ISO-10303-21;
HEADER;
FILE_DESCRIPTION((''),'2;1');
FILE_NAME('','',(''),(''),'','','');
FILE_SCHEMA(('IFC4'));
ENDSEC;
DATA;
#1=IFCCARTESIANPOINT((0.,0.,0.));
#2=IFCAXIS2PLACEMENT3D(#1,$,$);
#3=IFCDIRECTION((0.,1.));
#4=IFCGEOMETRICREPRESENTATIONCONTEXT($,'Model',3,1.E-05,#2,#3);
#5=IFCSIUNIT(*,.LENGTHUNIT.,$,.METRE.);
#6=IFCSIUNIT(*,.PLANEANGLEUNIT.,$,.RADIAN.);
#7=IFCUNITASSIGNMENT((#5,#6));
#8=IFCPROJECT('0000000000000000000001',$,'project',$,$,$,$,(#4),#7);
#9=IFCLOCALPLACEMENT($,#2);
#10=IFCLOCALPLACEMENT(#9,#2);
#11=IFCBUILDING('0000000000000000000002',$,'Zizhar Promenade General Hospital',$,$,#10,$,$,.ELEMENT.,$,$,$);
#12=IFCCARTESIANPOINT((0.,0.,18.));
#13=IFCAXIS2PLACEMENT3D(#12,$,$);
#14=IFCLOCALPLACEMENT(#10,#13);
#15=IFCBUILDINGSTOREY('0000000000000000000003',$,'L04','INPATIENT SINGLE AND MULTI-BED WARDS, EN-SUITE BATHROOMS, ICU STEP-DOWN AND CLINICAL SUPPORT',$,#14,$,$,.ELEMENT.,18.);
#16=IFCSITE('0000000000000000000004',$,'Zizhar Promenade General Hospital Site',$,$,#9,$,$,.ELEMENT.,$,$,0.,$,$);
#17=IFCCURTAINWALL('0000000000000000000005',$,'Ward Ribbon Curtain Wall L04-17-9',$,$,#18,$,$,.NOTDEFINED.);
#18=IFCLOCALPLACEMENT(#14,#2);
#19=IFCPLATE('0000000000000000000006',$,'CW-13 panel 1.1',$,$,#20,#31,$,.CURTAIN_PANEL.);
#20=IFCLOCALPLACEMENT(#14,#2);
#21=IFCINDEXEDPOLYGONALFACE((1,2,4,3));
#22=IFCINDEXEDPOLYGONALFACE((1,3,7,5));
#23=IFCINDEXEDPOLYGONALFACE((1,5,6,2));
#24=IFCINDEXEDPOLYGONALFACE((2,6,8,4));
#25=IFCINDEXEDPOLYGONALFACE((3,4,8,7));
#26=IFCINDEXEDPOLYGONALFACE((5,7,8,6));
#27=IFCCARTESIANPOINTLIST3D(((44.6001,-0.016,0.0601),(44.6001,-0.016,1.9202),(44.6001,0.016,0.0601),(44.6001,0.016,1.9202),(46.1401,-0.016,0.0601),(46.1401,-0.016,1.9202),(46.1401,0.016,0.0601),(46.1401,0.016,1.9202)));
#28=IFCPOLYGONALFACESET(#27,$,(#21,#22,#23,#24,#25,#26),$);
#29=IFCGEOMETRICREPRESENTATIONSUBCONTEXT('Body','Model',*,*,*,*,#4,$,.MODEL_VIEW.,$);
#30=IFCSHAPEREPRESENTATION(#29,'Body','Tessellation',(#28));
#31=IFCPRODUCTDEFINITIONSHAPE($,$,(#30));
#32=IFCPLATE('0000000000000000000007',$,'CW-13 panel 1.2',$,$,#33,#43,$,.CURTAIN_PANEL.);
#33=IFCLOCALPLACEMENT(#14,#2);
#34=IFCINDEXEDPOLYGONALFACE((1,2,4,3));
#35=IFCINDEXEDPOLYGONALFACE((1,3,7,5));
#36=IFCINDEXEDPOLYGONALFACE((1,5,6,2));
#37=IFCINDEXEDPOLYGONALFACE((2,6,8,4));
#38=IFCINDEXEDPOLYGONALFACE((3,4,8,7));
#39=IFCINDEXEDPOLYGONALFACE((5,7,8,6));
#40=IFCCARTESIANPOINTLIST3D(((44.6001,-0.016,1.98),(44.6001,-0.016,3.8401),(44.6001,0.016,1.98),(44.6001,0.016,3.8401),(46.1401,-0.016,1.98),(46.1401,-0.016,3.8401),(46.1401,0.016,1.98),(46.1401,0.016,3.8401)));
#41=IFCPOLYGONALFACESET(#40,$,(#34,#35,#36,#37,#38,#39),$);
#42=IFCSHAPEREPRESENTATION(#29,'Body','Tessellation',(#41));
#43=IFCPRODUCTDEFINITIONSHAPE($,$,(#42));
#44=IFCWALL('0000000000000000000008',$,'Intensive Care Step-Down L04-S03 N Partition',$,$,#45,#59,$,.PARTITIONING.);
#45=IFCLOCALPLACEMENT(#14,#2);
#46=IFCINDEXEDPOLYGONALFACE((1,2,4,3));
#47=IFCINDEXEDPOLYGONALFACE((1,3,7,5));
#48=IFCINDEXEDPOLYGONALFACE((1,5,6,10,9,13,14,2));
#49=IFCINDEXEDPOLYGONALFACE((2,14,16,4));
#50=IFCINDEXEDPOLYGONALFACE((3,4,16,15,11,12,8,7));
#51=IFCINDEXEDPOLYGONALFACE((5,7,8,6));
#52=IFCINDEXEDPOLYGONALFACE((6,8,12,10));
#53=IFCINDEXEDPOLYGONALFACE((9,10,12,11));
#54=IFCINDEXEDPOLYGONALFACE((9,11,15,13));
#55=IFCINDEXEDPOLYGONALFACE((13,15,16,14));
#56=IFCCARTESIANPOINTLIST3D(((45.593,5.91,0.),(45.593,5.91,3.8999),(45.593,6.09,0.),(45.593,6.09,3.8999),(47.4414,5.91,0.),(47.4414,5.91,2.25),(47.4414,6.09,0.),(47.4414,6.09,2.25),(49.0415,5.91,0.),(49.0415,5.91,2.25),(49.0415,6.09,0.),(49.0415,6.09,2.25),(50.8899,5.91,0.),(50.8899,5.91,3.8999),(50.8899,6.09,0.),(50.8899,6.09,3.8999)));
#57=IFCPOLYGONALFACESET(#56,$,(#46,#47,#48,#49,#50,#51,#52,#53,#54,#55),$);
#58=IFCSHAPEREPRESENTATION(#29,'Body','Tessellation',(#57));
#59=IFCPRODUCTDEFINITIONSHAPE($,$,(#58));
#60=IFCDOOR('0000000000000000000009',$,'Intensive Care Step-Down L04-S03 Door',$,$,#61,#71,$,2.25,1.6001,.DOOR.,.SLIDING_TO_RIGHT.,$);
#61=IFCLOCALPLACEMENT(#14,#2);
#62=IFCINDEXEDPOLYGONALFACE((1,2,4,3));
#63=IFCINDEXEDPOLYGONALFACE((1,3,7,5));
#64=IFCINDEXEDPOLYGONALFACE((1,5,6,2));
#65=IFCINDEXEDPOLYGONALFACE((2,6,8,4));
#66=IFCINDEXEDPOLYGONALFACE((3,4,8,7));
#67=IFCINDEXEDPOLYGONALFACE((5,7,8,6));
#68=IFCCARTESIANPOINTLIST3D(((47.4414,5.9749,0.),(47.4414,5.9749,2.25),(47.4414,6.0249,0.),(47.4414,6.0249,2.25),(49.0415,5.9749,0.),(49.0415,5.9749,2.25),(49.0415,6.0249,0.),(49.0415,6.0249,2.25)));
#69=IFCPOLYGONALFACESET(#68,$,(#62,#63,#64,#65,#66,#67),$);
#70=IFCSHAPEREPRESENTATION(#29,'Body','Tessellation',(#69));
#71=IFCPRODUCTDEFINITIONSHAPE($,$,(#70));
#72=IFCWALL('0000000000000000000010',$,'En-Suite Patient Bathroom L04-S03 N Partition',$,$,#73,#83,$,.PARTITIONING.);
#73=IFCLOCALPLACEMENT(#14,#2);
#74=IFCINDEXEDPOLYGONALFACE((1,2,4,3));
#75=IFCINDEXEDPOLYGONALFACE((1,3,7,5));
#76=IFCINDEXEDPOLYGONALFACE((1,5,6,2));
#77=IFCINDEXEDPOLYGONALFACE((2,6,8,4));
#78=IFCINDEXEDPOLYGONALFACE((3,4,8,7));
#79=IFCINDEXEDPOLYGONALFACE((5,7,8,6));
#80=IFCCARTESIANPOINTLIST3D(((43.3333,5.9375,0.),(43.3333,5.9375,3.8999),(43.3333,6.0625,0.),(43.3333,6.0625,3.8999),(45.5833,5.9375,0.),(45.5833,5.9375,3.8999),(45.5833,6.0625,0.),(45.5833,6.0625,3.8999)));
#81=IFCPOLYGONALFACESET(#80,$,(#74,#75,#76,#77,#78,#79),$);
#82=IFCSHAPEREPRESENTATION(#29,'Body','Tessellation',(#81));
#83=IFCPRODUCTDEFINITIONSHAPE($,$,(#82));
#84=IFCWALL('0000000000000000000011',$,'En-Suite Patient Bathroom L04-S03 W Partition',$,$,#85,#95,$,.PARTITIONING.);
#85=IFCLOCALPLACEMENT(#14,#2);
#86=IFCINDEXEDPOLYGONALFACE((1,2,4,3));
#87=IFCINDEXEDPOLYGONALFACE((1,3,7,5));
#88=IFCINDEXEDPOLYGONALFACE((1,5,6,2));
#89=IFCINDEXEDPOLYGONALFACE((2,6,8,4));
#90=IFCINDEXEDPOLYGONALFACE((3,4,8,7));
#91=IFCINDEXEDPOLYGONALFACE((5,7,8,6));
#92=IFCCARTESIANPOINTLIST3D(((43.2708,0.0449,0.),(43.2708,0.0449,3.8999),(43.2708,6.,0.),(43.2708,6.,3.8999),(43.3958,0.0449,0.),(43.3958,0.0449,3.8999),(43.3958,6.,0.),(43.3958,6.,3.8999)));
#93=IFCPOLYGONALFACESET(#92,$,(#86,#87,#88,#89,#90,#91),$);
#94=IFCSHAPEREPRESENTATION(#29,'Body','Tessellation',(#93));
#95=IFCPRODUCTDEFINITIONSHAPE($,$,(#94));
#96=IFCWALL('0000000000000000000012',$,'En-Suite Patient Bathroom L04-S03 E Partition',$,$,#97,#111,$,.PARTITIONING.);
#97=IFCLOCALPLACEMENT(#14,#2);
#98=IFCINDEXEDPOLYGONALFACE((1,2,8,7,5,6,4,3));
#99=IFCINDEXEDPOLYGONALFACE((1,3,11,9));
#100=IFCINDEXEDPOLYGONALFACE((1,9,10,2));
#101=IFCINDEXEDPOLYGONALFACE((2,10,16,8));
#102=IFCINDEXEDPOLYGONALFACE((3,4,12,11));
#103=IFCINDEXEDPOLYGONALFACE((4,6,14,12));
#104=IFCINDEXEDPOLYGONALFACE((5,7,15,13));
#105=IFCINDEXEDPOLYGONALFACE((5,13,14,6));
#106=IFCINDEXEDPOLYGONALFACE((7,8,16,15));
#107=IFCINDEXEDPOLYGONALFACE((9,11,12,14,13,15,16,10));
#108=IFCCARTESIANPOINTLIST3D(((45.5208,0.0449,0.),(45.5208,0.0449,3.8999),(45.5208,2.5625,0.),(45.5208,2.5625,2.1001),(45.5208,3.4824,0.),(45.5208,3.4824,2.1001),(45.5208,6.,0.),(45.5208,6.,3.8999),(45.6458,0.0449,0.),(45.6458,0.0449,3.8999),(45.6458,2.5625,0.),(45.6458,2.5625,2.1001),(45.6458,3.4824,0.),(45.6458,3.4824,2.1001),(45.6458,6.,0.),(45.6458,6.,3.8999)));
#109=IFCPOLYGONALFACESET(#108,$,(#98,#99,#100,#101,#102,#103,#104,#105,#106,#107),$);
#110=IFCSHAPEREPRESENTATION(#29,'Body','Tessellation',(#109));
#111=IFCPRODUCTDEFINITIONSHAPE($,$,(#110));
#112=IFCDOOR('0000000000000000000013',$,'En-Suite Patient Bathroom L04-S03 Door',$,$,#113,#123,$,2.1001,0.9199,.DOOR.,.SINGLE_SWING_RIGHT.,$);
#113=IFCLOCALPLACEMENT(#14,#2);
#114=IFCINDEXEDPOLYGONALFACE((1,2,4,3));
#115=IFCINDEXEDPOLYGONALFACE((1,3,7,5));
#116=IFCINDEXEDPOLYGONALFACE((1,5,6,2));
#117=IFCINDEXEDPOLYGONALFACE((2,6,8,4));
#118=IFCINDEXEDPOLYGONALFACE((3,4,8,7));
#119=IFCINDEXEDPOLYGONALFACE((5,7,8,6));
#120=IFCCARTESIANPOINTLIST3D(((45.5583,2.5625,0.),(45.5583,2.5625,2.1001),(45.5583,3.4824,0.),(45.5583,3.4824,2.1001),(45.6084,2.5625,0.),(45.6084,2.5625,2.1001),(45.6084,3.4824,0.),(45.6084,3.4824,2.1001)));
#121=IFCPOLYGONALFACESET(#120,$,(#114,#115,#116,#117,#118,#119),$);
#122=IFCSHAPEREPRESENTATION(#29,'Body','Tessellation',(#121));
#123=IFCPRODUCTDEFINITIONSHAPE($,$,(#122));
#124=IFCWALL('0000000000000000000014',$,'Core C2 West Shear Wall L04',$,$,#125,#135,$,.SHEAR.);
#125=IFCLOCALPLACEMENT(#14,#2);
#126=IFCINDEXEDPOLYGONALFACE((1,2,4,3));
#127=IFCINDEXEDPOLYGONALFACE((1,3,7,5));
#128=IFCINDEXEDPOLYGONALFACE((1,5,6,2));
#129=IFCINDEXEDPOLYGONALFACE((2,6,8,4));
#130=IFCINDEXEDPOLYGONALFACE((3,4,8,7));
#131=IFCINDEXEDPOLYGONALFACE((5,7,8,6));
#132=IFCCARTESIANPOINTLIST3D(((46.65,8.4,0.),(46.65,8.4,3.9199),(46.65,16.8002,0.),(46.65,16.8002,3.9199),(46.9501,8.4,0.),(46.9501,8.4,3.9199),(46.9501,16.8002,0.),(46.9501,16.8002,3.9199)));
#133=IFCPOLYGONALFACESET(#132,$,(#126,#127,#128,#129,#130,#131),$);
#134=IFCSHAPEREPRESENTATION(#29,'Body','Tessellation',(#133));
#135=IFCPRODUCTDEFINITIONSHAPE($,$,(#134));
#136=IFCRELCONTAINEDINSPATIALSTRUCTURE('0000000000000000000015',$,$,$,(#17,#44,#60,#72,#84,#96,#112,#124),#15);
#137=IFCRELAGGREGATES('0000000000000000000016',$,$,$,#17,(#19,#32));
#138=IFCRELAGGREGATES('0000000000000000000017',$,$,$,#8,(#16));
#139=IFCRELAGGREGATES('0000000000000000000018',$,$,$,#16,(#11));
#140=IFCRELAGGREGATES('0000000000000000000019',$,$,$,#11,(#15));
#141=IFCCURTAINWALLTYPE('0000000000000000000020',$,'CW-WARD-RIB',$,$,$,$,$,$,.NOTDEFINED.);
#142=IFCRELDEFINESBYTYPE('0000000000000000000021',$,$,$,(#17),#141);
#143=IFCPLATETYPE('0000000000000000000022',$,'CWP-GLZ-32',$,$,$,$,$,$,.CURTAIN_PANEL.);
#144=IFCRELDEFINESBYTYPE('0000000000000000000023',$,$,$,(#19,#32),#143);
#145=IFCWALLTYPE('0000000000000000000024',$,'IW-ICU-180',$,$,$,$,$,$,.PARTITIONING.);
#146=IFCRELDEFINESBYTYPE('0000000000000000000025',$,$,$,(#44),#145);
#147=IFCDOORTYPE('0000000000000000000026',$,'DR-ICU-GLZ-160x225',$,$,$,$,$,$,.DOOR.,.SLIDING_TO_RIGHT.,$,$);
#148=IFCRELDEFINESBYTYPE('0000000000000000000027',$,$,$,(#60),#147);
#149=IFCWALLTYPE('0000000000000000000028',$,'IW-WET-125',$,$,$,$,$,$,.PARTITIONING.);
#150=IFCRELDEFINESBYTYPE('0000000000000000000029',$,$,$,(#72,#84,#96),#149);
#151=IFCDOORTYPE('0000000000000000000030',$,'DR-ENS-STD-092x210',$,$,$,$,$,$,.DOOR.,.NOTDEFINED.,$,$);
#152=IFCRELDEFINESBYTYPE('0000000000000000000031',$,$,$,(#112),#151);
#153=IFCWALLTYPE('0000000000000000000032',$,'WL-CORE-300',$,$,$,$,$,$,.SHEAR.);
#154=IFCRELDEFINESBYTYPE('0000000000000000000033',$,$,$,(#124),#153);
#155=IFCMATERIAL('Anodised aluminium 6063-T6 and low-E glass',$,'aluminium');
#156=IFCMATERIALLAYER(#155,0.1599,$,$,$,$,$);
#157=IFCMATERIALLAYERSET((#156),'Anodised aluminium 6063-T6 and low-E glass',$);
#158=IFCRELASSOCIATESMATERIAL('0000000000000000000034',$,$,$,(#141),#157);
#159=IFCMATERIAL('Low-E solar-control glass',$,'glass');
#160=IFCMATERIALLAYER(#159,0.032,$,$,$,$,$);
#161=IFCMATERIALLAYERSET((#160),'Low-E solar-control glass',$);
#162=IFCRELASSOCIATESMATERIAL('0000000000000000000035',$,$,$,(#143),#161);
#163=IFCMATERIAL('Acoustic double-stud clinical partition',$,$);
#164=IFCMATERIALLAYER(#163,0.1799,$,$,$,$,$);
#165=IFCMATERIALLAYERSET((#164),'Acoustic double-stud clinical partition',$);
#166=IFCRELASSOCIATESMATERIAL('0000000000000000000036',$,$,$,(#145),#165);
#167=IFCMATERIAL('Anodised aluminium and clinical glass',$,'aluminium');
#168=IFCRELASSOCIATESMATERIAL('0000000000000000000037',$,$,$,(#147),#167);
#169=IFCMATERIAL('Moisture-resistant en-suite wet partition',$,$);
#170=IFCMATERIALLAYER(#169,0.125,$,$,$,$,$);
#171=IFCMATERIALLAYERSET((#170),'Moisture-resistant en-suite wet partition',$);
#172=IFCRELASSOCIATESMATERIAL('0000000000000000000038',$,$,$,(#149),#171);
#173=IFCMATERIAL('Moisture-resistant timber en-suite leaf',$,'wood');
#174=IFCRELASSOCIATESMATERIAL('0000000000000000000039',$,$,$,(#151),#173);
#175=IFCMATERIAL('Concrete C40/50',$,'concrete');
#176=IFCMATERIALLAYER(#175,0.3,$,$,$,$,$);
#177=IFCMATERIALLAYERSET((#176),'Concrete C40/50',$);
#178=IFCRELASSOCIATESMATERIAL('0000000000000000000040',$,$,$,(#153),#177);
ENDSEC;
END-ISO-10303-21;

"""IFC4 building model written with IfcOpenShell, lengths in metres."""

from ifc_helpers import new_model, si_unit, direction, frame, frame_2d, origin, origin_2d, place, context, subcontext, project, spatial, rectangle, extrude, material, layer, layer_set, type_object, element, fill, aggregate, save


model = new_model("IFC4")

# Units and contexts
model_context = context("Model", 3, precision=1e-05, world=origin(), true_north=direction((0.0, 1.0)))
body_context = subcontext(model_context, "Body", "Model", "MODEL_VIEW")
ifc_project = project(units=[si_unit("LENGTHUNIT", "METRE"), si_unit("PLANEANGLEUNIT", "RADIAN")], contexts=[model_context])

# Site, building, storey
site_placement = place(None, origin())
site = spatial("IfcSite", under=ifc_project, at=site_placement, Name="Zizhar Promenade General Hospital Site", CompositionType="ELEMENT", RefElevation=0.0)
building_placement = place(site_placement, origin())
building = spatial("IfcBuilding", under=site, at=building_placement, Name="Zizhar Promenade General Hospital", CompositionType="ELEMENT")
storey_placement = place(building_placement, frame((0.0, 0.0, 18.0)))
storey = spatial("IfcBuildingStorey", under=building, at=storey_placement, Name="L04", Description="INPATIENT SINGLE AND MULTI-BED WARDS, EN-SUITE BATHROOMS, ICU STEP-DOWN AND CLINICAL SUPPORT", CompositionType="ELEMENT", Elevation=18.0)

# Curtain wall, plates
ifc_material_1 = material(Name="Anodised aluminium 6063-T6 and low-E glass", Category="aluminium")
ifc_layer_1 = layer(ifc_material_1, 0.1599)
ifc_layer_set_1 = layer_set([ifc_layer_1], Name="Anodised aluminium 6063-T6 and low-E glass")
curtain_wall_type = type_object("IfcCurtainWallType", Name="CW-WARD-RIB", PredefinedType="NOTDEFINED", material=ifc_layer_set_1)
curtain_wall_placement = place(storey_placement, origin())
curtain_wall = element("IfcCurtainWall", 1, at=curtain_wall_placement, inside=storey, type_object=curtain_wall_type, Name="Ward Ribbon Curtain Wall L04-17-9", PredefinedType="NOTDEFINED")
ifc_material_2 = material(Name="Low-E solar-control glass", Category="glass")
ifc_layer_2 = layer(ifc_material_2, 0.032)
ifc_layer_set_2 = layer_set([ifc_layer_2], Name="Low-E solar-control glass")
plate_type = type_object("IfcPlateType", Name="CWP-GLZ-32", PredefinedType="CURTAIN_PANEL", material=ifc_layer_set_2)
plate_1_placement = place(storey_placement, frame((45.3701, 0.0, 0.0601), z_axis=(0.0, 0.0, 1.0), x_axis=(-1.0, 0.0, 0.0)))
plate_1 = element("IfcPlate", 2, at=plate_1_placement, type_object=plate_type, Name="CW-13 panel 1.1", PredefinedType="CURTAIN_PANEL", context=body_context, shape_type="SweptSolid", body=[
    extrude(rectangle(XDim=1.54, YDim=0.032, at=origin_2d()), origin(), (0.0, 0.0, 1.0), 1.8601),
])
plate_2_placement = place(storey_placement, frame((45.3701, 0.0, 1.98), z_axis=(0.0, 0.0, 1.0), x_axis=(-1.0, 0.0, 0.0)))
plate_2 = element("IfcPlate", 3, at=plate_2_placement, type_object=plate_type, Name="CW-13 panel 1.2", PredefinedType="CURTAIN_PANEL", context=body_context, shape_type="SweptSolid", body=[
    extrude(rectangle(XDim=1.54, YDim=0.032, at=origin_2d()), origin(), (0.0, 0.0, 1.0), 1.8601),
])
aggregate(curtain_wall, [plate_1, plate_2])

# Wall, opening, door
ifc_material_3 = material(Name="Acoustic double-stud clinical partition")
ifc_layer_3 = layer(ifc_material_3, 0.1799)
ifc_layer_set_3 = layer_set([ifc_layer_3], Name="Acoustic double-stud clinical partition")
wall_type_1 = type_object("IfcWallType", Name="IW-ICU-180", PredefinedType="PARTITIONING", material=ifc_layer_set_3)
wall_1_placement = place(storey_placement, frame((45.593, 6.0, 0.0), z_axis=(0.0, 0.0, 1.0), x_axis=(1.0, 0.0, 0.0)))
wall_1 = element("IfcWall", 4, at=wall_1_placement, inside=storey, type_object=wall_type_1, Name="Intensive Care Step-Down L04-S03 N Partition", PredefinedType="PARTITIONING", context=body_context, shape_type="SweptSolid", body=[
    extrude(rectangle(XDim=5.2969, YDim=0.1799, at=frame_2d((2.6484, 0.0))), origin(), (0.0, 0.0, 1.0), 3.8999),
])
opening_1_placement = place(wall_1_placement, frame((1.8484, 0.0, 0.0)))
opening_1 = element("IfcOpeningElement", 5, at=opening_1_placement, cuts=wall_1, PredefinedType="OPENING", context=body_context, shape_type="SweptSolid", body=[
    extrude(rectangle(XDim=1.6001, YDim=2.25, at=frame_2d((0.8, 1.125))), frame((0.0, 0.1001, 0.0), z_axis=(0.0, -1.0, 0.0), x_axis=(1.0, 0.0, 0.0)), (0.0, 0.0, 1.0), 0.2),
])
ifc_material_4 = material(Name="Anodised aluminium and clinical glass", Category="aluminium")
door_type_1 = type_object("IfcDoorType", Name="DR-ICU-GLZ-160x225", OperationType="SLIDING_TO_RIGHT", PredefinedType="DOOR", material=ifc_material_4)
door_1_placement = place(opening_1_placement, origin())
door_1 = element("IfcDoor", 6, at=door_1_placement, inside=storey, type_object=door_type_1, Name="Intensive Care Step-Down L04-S03 Door", OperationType="SLIDING_TO_RIGHT", OverallHeight=2.25, OverallWidth=1.6001, PredefinedType="DOOR", context=body_context, shape_type="SweptSolid", body=[
    extrude(rectangle(XDim=1.6001, YDim=2.25, at=frame_2d((0.8, 1.125))), frame((0.0, 0.0249, 0.0), z_axis=(0.0, -1.0, 0.0), x_axis=(1.0, 0.0, 0.0)), (0.0, 0.0, 1.0), 0.05),
])
fill(opening_1, door_1)

# Walls
ifc_material_5 = material(Name="Moisture-resistant en-suite wet partition")
ifc_layer_4 = layer(ifc_material_5, 0.125)
ifc_layer_set_4 = layer_set([ifc_layer_4], Name="Moisture-resistant en-suite wet partition")
wall_type_2 = type_object("IfcWallType", Name="IW-WET-125", PredefinedType="PARTITIONING", material=ifc_layer_set_4)
wall_2_placement = place(storey_placement, frame((43.3333, 6.0, 0.0), z_axis=(0.0, 0.0, 1.0), x_axis=(1.0, 0.0, 0.0)))
element("IfcWall", 7, at=wall_2_placement, inside=storey, type_object=wall_type_2, Name="En-Suite Patient Bathroom L04-S03 N Partition", PredefinedType="PARTITIONING", context=body_context, shape_type="SweptSolid", body=[
    extrude(rectangle(XDim=2.25, YDim=0.125, at=frame_2d((1.125, 0.0))), origin(), (0.0, 0.0, 1.0), 3.8999),
])
wall_3_placement = place(storey_placement, frame((43.3333, 0.0449, 0.0), z_axis=(0.0, 0.0, 1.0), x_axis=(0.0, 1.0, 0.0)))
element("IfcWall", 8, at=wall_3_placement, inside=storey, type_object=wall_type_2, Name="En-Suite Patient Bathroom L04-S03 W Partition", PredefinedType="PARTITIONING", context=body_context, shape_type="SweptSolid", body=[
    extrude(rectangle(XDim=5.9551, YDim=0.125, at=frame_2d((2.9775, 0.0))), origin(), (0.0, 0.0, 1.0), 3.8999),
])

# Wall, opening, door
wall_4_placement = place(storey_placement, frame((45.5833, 0.0449, 0.0), z_axis=(0.0, 0.0, 1.0), x_axis=(0.0, 1.0, 0.0)))
wall_4 = element("IfcWall", 9, at=wall_4_placement, inside=storey, type_object=wall_type_2, Name="En-Suite Patient Bathroom L04-S03 E Partition", PredefinedType="PARTITIONING", context=body_context, shape_type="SweptSolid", body=[
    extrude(rectangle(XDim=5.9551, YDim=0.125, at=frame_2d((2.9775, 0.0))), origin(), (0.0, 0.0, 1.0), 3.8999),
])
opening_2_placement = place(wall_4_placement, frame((2.5176, 0.0, 0.0)))
opening_2 = element("IfcOpeningElement", 10, at=opening_2_placement, cuts=wall_4, PredefinedType="OPENING", context=body_context, shape_type="SweptSolid", body=[
    extrude(rectangle(XDim=0.9199, YDim=2.1001, at=frame_2d((0.46, 1.05))), frame((0.0, 0.0725, 0.0), z_axis=(0.0, -1.0, 0.0), x_axis=(1.0, 0.0, 0.0)), (0.0, 0.0, 1.0), 0.145),
])
ifc_material_6 = material(Name="Moisture-resistant timber en-suite leaf", Category="wood")
door_type_2 = type_object("IfcDoorType", Name="DR-ENS-STD-092x210", OperationType="NOTDEFINED", PredefinedType="DOOR", material=ifc_material_6)
door_2_placement = place(opening_2_placement, origin())
door_2 = element("IfcDoor", 11, at=door_2_placement, inside=storey, type_object=door_type_2, Name="En-Suite Patient Bathroom L04-S03 Door", OperationType="SINGLE_SWING_RIGHT", OverallHeight=2.1001, OverallWidth=0.9199, PredefinedType="DOOR", context=body_context, shape_type="SweptSolid", body=[
    extrude(rectangle(XDim=0.9199, YDim=2.1001, at=frame_2d((0.46, 1.05))), frame((0.0, 0.0249, 0.0), z_axis=(0.0, -1.0, 0.0), x_axis=(1.0, 0.0, 0.0)), (0.0, 0.0, 1.0), 0.05),
])
fill(opening_2, door_2)

# Wall
ifc_material_7 = material(Name="Concrete C40/50", Category="concrete")
ifc_layer_5 = layer(ifc_material_7, 0.3)
ifc_layer_set_5 = layer_set([ifc_layer_5], Name="Concrete C40/50")
wall_type_3 = type_object("IfcWallType", Name="WL-CORE-300", PredefinedType="SHEAR", material=ifc_layer_set_5)
wall_5_placement = place(storey_placement, frame((46.8, 8.3999, 0.0), z_axis=(0.0, 0.0, 1.0), x_axis=(0.0, 1.0, 0.0)))
element("IfcWall", 12, at=wall_5_placement, inside=storey, type_object=wall_type_3, Name="Core C2 West Shear Wall L04", PredefinedType="SHEAR", context=body_context, shape_type="SweptSolid", body=[
    extrude(rectangle(XDim=8.4001, YDim=0.3, at=frame_2d((4.2002, 0.0))), origin(), (0.0, 0.0, 1.0), 3.9199),
])

save(model, "model.ifc")
